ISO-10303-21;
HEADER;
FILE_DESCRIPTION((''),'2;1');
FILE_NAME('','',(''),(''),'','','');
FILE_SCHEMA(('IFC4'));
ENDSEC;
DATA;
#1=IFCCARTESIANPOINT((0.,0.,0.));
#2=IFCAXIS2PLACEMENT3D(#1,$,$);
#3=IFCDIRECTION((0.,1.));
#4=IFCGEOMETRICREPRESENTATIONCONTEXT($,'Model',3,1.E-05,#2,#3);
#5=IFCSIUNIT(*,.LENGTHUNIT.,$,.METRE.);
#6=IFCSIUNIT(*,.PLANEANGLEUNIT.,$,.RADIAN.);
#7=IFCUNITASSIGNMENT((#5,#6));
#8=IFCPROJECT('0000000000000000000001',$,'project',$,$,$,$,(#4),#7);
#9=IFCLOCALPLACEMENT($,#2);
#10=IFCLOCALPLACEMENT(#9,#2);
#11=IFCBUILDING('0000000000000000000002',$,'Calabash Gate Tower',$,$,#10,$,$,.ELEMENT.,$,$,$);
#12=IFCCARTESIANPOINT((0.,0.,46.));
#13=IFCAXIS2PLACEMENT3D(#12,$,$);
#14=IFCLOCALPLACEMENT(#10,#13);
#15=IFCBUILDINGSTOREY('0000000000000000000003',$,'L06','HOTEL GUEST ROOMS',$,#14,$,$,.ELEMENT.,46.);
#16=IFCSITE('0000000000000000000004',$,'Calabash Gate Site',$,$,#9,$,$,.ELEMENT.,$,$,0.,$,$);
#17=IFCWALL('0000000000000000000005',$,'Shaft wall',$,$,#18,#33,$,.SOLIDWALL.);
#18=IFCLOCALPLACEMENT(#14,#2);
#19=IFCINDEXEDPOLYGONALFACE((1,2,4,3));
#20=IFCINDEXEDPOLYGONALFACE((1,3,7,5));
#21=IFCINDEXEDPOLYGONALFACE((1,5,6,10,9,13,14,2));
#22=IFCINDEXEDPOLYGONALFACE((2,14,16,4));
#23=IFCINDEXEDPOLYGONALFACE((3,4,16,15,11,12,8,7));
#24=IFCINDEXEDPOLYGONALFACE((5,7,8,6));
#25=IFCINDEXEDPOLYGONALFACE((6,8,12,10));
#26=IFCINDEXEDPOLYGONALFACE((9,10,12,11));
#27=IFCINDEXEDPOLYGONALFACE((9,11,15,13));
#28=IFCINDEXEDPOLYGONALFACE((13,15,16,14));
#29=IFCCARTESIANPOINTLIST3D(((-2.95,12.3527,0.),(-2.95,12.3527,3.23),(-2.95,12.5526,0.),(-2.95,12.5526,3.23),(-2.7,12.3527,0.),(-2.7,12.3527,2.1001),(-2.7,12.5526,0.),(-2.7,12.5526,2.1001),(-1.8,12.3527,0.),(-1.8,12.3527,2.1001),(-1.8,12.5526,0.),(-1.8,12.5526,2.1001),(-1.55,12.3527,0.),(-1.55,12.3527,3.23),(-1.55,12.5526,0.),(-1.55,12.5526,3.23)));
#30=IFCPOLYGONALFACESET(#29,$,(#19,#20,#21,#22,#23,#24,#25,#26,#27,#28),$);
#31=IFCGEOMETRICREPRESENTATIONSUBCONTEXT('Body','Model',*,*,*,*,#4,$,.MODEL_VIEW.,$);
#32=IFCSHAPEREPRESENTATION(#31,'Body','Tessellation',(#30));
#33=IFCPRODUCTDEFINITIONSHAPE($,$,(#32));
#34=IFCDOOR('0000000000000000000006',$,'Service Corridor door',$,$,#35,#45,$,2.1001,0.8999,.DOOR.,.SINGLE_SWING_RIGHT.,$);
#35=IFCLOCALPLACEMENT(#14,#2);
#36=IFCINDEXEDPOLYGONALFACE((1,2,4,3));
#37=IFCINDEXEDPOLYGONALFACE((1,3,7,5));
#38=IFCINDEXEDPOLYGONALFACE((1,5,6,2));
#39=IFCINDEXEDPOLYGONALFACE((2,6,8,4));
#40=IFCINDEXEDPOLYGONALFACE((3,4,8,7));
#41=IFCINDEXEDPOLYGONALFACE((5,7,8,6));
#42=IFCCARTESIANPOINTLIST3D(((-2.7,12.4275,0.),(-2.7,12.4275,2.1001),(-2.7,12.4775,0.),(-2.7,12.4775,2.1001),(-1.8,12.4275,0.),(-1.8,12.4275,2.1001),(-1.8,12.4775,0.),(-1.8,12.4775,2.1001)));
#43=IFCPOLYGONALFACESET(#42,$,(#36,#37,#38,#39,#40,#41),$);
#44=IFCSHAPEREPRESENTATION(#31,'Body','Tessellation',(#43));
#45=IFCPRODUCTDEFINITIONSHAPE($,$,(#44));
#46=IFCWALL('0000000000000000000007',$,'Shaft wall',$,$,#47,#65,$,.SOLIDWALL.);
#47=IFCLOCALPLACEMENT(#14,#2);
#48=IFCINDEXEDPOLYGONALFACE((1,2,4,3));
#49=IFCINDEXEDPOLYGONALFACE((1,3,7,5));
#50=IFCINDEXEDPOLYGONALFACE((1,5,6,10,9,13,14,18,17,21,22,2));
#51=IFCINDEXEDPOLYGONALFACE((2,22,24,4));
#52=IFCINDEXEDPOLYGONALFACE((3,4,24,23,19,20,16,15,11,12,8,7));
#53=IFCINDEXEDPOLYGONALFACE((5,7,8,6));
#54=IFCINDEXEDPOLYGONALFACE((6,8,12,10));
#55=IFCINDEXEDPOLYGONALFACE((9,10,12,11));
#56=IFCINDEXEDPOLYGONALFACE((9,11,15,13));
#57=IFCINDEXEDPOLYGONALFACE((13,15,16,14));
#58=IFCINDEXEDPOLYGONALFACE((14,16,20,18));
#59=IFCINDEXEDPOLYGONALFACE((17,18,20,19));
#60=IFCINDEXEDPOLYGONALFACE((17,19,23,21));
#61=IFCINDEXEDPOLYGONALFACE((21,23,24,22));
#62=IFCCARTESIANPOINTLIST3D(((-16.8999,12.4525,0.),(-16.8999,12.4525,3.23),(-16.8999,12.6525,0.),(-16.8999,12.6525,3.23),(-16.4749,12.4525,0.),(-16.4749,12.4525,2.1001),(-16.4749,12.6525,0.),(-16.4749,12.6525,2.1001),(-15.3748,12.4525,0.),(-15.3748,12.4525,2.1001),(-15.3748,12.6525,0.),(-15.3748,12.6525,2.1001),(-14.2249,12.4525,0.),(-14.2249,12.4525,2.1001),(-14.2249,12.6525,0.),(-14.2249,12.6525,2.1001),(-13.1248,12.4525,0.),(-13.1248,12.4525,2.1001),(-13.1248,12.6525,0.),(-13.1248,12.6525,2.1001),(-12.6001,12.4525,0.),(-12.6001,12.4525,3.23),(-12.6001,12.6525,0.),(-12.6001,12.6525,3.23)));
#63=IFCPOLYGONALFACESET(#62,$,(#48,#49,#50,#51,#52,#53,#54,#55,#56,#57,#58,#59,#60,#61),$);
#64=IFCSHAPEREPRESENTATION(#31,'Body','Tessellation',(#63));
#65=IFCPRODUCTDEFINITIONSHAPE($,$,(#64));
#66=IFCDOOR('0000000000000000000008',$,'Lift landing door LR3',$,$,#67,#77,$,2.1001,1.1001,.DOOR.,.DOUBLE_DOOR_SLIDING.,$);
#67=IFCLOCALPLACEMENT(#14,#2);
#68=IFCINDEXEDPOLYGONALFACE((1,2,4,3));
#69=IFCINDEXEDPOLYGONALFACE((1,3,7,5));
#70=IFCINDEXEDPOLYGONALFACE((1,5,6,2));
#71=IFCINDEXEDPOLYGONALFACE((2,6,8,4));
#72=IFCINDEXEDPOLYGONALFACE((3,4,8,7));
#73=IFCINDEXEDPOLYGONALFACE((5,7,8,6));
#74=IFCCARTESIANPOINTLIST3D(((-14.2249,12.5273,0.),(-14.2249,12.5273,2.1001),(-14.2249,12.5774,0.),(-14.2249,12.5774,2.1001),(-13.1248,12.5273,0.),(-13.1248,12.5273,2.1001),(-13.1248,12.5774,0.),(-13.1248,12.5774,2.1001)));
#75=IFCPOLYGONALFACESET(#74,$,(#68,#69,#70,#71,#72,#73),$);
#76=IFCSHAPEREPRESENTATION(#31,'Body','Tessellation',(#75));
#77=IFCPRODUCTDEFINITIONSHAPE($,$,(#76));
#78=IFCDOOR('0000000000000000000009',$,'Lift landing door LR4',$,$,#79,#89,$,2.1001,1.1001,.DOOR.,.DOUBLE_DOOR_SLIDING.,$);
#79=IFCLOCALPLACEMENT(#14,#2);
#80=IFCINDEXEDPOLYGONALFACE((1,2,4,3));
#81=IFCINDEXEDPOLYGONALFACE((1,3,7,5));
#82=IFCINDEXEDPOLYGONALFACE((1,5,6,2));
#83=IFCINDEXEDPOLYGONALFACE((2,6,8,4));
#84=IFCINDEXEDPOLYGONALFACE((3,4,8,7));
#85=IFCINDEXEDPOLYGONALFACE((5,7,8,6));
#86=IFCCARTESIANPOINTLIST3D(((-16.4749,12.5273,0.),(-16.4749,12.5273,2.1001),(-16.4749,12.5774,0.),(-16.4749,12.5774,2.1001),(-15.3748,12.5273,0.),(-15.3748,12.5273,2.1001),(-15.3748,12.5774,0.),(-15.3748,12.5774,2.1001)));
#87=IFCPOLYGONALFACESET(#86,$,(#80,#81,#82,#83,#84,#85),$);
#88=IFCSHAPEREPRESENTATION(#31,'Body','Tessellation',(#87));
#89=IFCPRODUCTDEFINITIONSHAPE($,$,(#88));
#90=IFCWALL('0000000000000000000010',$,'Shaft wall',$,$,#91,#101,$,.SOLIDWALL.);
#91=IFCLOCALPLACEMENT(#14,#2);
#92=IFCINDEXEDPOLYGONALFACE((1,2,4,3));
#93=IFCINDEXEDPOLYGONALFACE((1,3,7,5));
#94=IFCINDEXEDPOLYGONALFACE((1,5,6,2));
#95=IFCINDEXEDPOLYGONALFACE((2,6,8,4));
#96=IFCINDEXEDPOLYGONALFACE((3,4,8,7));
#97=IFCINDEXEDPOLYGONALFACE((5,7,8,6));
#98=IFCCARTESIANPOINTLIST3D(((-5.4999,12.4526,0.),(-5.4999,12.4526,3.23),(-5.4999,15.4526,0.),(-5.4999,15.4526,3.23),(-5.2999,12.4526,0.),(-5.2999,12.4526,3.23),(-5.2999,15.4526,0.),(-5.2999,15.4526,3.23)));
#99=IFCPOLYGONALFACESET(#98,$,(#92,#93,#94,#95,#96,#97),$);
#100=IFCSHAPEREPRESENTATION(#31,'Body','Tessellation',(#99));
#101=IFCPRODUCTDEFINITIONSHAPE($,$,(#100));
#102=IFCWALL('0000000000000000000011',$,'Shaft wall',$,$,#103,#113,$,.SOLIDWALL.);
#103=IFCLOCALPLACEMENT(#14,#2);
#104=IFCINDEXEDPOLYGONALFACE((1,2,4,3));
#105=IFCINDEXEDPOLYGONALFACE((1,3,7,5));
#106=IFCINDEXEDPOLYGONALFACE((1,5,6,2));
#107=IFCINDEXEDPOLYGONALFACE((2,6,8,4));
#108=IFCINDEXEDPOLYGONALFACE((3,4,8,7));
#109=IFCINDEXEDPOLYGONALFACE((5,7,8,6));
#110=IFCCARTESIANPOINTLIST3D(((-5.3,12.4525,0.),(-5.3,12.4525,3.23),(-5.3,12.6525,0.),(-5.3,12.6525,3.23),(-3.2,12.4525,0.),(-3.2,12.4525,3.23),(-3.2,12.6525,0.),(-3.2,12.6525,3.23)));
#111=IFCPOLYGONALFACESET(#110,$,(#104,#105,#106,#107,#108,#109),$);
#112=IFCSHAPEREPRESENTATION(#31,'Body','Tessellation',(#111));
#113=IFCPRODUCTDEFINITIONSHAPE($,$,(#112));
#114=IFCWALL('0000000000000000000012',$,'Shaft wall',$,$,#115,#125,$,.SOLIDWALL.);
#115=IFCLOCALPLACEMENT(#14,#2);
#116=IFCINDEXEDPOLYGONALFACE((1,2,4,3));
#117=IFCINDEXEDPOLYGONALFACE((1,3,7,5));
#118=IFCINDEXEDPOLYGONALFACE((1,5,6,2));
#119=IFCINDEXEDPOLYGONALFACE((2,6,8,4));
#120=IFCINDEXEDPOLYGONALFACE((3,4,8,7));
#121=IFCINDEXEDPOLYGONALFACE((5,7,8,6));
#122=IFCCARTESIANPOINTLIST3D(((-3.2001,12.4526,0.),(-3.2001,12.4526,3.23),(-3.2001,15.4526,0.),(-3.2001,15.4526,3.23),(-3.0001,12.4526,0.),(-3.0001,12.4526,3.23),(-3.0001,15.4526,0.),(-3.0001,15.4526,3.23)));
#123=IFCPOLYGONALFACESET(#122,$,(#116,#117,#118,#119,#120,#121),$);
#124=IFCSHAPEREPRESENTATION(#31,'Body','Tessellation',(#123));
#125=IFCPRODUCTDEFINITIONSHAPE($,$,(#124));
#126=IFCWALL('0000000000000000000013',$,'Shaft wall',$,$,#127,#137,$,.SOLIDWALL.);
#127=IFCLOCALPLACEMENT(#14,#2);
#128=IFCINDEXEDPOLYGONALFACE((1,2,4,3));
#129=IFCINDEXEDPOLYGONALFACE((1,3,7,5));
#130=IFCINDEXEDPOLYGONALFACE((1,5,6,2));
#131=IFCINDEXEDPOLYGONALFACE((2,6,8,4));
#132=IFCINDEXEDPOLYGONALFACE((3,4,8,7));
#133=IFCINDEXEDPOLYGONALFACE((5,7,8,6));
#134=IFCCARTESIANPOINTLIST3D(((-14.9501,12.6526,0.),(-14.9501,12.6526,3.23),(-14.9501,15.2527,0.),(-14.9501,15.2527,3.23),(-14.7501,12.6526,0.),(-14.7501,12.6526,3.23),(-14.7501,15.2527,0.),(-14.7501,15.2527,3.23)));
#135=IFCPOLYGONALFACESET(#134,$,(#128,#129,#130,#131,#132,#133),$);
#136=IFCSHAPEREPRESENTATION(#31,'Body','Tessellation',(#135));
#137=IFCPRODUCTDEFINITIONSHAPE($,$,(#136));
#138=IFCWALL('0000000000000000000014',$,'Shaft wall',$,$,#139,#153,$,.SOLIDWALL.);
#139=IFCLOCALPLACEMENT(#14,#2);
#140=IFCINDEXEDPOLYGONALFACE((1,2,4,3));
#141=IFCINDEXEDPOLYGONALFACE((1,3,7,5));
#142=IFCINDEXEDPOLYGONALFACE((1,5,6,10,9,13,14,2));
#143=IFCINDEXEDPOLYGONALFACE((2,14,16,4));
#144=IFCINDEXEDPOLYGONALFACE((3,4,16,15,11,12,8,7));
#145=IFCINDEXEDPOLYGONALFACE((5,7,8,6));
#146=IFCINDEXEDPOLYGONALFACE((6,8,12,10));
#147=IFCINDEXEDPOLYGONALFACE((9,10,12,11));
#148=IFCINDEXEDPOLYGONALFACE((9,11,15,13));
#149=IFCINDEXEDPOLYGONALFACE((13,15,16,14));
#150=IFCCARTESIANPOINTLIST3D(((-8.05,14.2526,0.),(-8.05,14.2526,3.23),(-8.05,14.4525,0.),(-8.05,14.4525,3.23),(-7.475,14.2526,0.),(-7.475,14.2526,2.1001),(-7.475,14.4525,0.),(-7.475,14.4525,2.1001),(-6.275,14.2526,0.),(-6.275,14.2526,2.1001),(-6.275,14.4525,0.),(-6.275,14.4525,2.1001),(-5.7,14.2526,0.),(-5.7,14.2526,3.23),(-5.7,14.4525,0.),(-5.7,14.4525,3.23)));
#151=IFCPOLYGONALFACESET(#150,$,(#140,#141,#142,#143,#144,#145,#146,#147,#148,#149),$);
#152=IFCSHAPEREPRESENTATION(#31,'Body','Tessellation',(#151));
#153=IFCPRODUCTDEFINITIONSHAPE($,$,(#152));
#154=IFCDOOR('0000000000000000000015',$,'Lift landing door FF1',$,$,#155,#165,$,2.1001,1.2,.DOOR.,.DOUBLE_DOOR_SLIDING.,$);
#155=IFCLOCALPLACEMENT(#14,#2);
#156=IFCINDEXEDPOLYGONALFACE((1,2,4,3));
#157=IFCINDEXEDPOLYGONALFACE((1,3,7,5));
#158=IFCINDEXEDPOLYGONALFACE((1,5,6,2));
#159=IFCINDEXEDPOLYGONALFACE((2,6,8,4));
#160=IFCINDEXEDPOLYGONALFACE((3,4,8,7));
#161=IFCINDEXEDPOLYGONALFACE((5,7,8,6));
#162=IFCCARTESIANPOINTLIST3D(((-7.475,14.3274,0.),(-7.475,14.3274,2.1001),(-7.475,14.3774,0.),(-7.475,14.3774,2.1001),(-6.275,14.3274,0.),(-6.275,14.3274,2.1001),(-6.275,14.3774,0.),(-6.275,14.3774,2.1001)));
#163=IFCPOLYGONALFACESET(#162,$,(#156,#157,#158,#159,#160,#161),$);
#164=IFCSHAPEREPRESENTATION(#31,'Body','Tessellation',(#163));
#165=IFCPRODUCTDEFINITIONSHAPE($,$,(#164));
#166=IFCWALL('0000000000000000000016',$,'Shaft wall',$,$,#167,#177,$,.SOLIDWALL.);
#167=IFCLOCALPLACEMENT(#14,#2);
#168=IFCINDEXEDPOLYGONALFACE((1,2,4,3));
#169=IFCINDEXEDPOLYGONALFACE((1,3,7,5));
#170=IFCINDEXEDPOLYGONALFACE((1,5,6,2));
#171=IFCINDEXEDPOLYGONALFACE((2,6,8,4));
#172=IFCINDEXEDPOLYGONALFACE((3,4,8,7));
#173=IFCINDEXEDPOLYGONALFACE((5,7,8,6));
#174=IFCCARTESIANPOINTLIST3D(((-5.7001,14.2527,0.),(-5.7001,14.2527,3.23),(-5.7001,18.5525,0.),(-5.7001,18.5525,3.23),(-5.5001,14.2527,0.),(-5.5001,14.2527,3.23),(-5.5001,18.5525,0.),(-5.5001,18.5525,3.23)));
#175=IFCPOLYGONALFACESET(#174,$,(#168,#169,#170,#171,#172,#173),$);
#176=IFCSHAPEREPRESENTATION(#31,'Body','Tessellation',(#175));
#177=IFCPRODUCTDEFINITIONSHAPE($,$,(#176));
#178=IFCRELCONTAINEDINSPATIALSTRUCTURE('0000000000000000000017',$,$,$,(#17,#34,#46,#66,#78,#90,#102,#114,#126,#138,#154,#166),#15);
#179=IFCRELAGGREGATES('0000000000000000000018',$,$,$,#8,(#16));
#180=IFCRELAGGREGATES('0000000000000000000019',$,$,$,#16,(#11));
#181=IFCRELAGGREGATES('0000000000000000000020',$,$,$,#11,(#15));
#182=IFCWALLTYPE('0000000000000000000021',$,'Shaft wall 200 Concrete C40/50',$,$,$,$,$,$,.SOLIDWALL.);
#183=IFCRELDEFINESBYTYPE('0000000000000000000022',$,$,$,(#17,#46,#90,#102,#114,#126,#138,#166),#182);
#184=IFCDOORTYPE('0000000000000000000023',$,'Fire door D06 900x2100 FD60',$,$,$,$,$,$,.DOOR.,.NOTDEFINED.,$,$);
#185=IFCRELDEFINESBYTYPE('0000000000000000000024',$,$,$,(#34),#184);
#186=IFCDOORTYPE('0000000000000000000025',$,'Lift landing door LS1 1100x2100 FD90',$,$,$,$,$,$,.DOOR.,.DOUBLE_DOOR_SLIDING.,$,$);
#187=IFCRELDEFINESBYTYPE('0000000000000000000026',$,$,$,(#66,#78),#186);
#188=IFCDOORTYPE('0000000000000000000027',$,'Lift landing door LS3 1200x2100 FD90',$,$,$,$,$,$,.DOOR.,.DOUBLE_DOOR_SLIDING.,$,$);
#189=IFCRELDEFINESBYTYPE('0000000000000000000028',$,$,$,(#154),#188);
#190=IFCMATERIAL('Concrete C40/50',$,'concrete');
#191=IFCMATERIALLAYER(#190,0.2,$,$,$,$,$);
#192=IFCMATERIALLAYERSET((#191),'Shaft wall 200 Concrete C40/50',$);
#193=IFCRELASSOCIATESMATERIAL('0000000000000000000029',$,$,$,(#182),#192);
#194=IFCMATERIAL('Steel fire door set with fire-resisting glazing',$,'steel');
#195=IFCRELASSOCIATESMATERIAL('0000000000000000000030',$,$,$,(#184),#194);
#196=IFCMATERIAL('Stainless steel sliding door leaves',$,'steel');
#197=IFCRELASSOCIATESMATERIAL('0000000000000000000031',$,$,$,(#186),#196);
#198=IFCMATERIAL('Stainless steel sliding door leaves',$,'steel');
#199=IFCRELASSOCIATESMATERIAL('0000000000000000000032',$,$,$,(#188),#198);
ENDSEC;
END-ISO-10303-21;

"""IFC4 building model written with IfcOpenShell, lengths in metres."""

from ifc_helpers import new_model, si_unit, direction, frame, frame_2d, origin, place, context, subcontext, project, spatial, rectangle, extrude, material, layer, layer_set, type_object, element, fill, save


model = new_model("IFC4")

# Units and contexts
model_context = context("Model", 3, precision=1e-05, world=origin(), true_north=direction((0.0, 1.0)))
body_context = subcontext(model_context, "Body", "Model", "MODEL_VIEW")
ifc_project = project(units=[si_unit("LENGTHUNIT", "METRE"), si_unit("PLANEANGLEUNIT", "RADIAN")], contexts=[model_context])

# Site, building, storey
site_placement = place(None, origin())
site = spatial("IfcSite", under=ifc_project, at=site_placement, Name="Calabash Gate Site", CompositionType="ELEMENT", RefElevation=0.0)
building_placement = place(site_placement, origin())
building = spatial("IfcBuilding", under=site, at=building_placement, Name="Calabash Gate Tower", CompositionType="ELEMENT")
storey_placement = place(building_placement, frame((0.0, 0.0, 46.0)))
storey = spatial("IfcBuildingStorey", under=building, at=storey_placement, Name="L06", Description="HOTEL GUEST ROOMS", CompositionType="ELEMENT", Elevation=46.0)

# Shared definitions
ifc_material_1 = material(Name="Concrete C40/50", Category="concrete")
ifc_layer_1 = layer(ifc_material_1, 0.2)
ifc_layer_set_1 = layer_set([ifc_layer_1], Name="Shaft wall 200 Concrete C40/50")
wall_type_1 = type_object("IfcWallType", Name="Shaft wall 200 Concrete C40/50", PredefinedType="SOLIDWALL", material=ifc_layer_set_1)

# Wall, opening, door
wall_1_placement = place(storey_placement, frame((-2.95, 12.4526, 0.0), z_axis=(0.0, 0.0, 1.0), x_axis=(1.0, 0.0, 0.0)))
wall_1 = element("IfcWall", 1, at=wall_1_placement, inside=storey, type_object=wall_type_1, Name="Shaft wall", PredefinedType="SOLIDWALL", context=body_context, shape_type="SweptSolid", body=[
    extrude(rectangle(XDim=1.3999, YDim=0.2, at=frame_2d((0.7, 0.0))), origin(), (0.0, 0.0, 1.0), 3.23),
])
opening_1_placement = place(wall_1_placement, frame((0.25, 0.0, 0.0)))
opening_1 = element("IfcOpeningElement", 2, at=opening_1_placement, cuts=wall_1, PredefinedType="OPENING", context=body_context, shape_type="SweptSolid", body=[
    extrude(rectangle(XDim=0.8999, YDim=2.1001, at=frame_2d((0.45, 1.05))), frame((0.0, 0.1099, 0.0), z_axis=(0.0, -1.0, 0.0), x_axis=(1.0, 0.0, 0.0)), (0.0, 0.0, 1.0), 0.22),
])
ifc_material_2 = material(Name="Steel fire door set with fire-resisting glazing", Category="steel")
door_type_1 = type_object("IfcDoorType", Name="Fire door D06 900x2100 FD60", OperationType="NOTDEFINED", PredefinedType="DOOR", material=ifc_material_2)
door_1_placement = place(opening_1_placement, origin())
door_1 = element("IfcDoor", 3, at=door_1_placement, inside=storey, type_object=door_type_1, Name="Service Corridor door", OperationType="SINGLE_SWING_RIGHT", OverallHeight=2.1001, OverallWidth=0.8999, PredefinedType="DOOR", context=body_context, shape_type="SweptSolid", body=[
    extrude(rectangle(XDim=0.8999, YDim=2.1001, at=frame_2d((0.45, 1.05))), frame((0.0, 0.0249, 0.0), z_axis=(0.0, -1.0, 0.0), x_axis=(1.0, 0.0, 0.0)), (0.0, 0.0, 1.0), 0.05),
])
fill(opening_1, door_1)

# Wall, openings, doors
wall_2_placement = place(storey_placement, frame((-16.8999, 12.5525, 0.0), z_axis=(0.0, 0.0, 1.0), x_axis=(1.0, 0.0, 0.0)))
wall_2 = element("IfcWall", 4, at=wall_2_placement, inside=storey, type_object=wall_type_1, Name="Shaft wall", PredefinedType="SOLIDWALL", context=body_context, shape_type="SweptSolid", body=[
    extrude(rectangle(XDim=4.2998, YDim=0.2, at=frame_2d((2.1499, 0.0))), origin(), (0.0, 0.0, 1.0), 3.23),
])
opening_2_placement = place(wall_2_placement, frame((2.675, 0.0, 0.0)))
opening_2 = element("IfcOpeningElement", 5, at=opening_2_placement, cuts=wall_2, PredefinedType="OPENING", context=body_context, shape_type="SweptSolid", body=[
    extrude(rectangle(XDim=1.1001, YDim=2.1001, at=frame_2d((0.55, 1.05))), frame((0.0, 0.1099, 0.0), z_axis=(0.0, -1.0, 0.0), x_axis=(1.0, 0.0, 0.0)), (0.0, 0.0, 1.0), 0.22),
])
opening_3_placement = place(wall_2_placement, frame((0.425, 0.0, 0.0)))
opening_3 = element("IfcOpeningElement", 6, at=opening_3_placement, cuts=wall_2, PredefinedType="OPENING", context=body_context, shape_type="SweptSolid", body=[
    extrude(rectangle(XDim=1.1001, YDim=2.1001, at=frame_2d((0.55, 1.05))), frame((0.0, 0.1099, 0.0), z_axis=(0.0, -1.0, 0.0), x_axis=(1.0, 0.0, 0.0)), (0.0, 0.0, 1.0), 0.22),
])
ifc_material_3 = material(Name="Stainless steel sliding door leaves", Category="steel")
door_type_2 = type_object("IfcDoorType", Name="Lift landing door LS1 1100x2100 FD90", OperationType="DOUBLE_DOOR_SLIDING", PredefinedType="DOOR", material=ifc_material_3)
door_2_placement = place(opening_2_placement, origin())
door_2 = element("IfcDoor", 7, at=door_2_placement, inside=storey, type_object=door_type_2, Name="Lift landing door LR3", OperationType="DOUBLE_DOOR_SLIDING", OverallHeight=2.1001, OverallWidth=1.1001, PredefinedType="DOOR", context=body_context, shape_type="SweptSolid", body=[
    extrude(rectangle(XDim=1.1001, YDim=2.1001, at=frame_2d((0.55, 1.05))), frame((0.0, 0.0249, 0.0), z_axis=(0.0, -1.0, 0.0), x_axis=(1.0, 0.0, 0.0)), (0.0, 0.0, 1.0), 0.05),
])
fill(opening_2, door_2)
door_3_placement = place(opening_3_placement, origin())
door_3 = element("IfcDoor", 8, at=door_3_placement, inside=storey, type_object=door_type_2, Name="Lift landing door LR4", OperationType="DOUBLE_DOOR_SLIDING", OverallHeight=2.1001, OverallWidth=1.1001, PredefinedType="DOOR", context=body_context, shape_type="SweptSolid", body=[
    extrude(rectangle(XDim=1.1001, YDim=2.1001, at=frame_2d((0.55, 1.05))), frame((0.0, 0.0249, 0.0), z_axis=(0.0, -1.0, 0.0), x_axis=(1.0, 0.0, 0.0)), (0.0, 0.0, 1.0), 0.05),
])
fill(opening_3, door_3)

# Walls
wall_3_placement = place(storey_placement, frame((-5.3999, 12.4526, 0.0), z_axis=(0.0, 0.0, 1.0), x_axis=(0.0, 1.0, 0.0)))
element("IfcWall", 9, at=wall_3_placement, inside=storey, type_object=wall_type_1, Name="Shaft wall", PredefinedType="SOLIDWALL", context=body_context, shape_type="SweptSolid", body=[
    extrude(rectangle(XDim=3.0, YDim=0.2, at=frame_2d((1.5, 0.0))), origin(), (0.0, 0.0, 1.0), 3.23),
])
wall_4_placement = place(storey_placement, frame((-5.3, 12.5525, 0.0), z_axis=(0.0, 0.0, 1.0), x_axis=(1.0, 0.0, 0.0)))
element("IfcWall", 10, at=wall_4_placement, inside=storey, type_object=wall_type_1, Name="Shaft wall", PredefinedType="SOLIDWALL", context=body_context, shape_type="SweptSolid", body=[
    extrude(rectangle(XDim=2.1001, YDim=0.2, at=frame_2d((1.05, 0.0))), origin(), (0.0, 0.0, 1.0), 3.23),
])
wall_5_placement = place(storey_placement, frame((-3.1001, 12.4526, 0.0), z_axis=(0.0, 0.0, 1.0), x_axis=(0.0, 1.0, 0.0)))
element("IfcWall", 11, at=wall_5_placement, inside=storey, type_object=wall_type_1, Name="Shaft wall", PredefinedType="SOLIDWALL", context=body_context, shape_type="SweptSolid", body=[
    extrude(rectangle(XDim=3.0, YDim=0.2, at=frame_2d((1.5, 0.0))), origin(), (0.0, 0.0, 1.0), 3.23),
])
wall_6_placement = place(storey_placement, frame((-14.8501, 12.6526, 0.0), z_axis=(0.0, 0.0, 1.0), x_axis=(0.0, 1.0, 0.0)))
element("IfcWall", 12, at=wall_6_placement, inside=storey, type_object=wall_type_1, Name="Shaft wall", PredefinedType="SOLIDWALL", context=body_context, shape_type="SweptSolid", body=[
    extrude(rectangle(XDim=2.6001, YDim=0.2, at=frame_2d((1.3, 0.0))), origin(), (0.0, 0.0, 1.0), 3.23),
])

# Wall, opening, door
wall_7_placement = place(storey_placement, frame((-8.05, 14.3525, 0.0), z_axis=(0.0, 0.0, 1.0), x_axis=(1.0, 0.0, 0.0)))
wall_7 = element("IfcWall", 13, at=wall_7_placement, inside=storey, type_object=wall_type_1, Name="Shaft wall", PredefinedType="SOLIDWALL", context=body_context, shape_type="SweptSolid", body=[
    extrude(rectangle(XDim=2.3501, YDim=0.2, at=frame_2d((1.175, 0.0))), origin(), (0.0, 0.0, 1.0), 3.23),
])
opening_4_placement = place(wall_7_placement, frame((0.575, 0.0, 0.0)))
opening_4 = element("IfcOpeningElement", 14, at=opening_4_placement, cuts=wall_7, PredefinedType="OPENING", context=body_context, shape_type="SweptSolid", body=[
    extrude(rectangle(XDim=1.2, YDim=2.1001, at=frame_2d((0.6001, 1.05))), frame((0.0, 0.1099, 0.0), z_axis=(0.0, -1.0, 0.0), x_axis=(1.0, 0.0, 0.0)), (0.0, 0.0, 1.0), 0.22),
])
ifc_material_4 = material(Name="Stainless steel sliding door leaves", Category="steel")
door_type_3 = type_object("IfcDoorType", Name="Lift landing door LS3 1200x2100 FD90", OperationType="DOUBLE_DOOR_SLIDING", PredefinedType="DOOR", material=ifc_material_4)
door_4_placement = place(opening_4_placement, origin())
door_4 = element("IfcDoor", 15, at=door_4_placement, inside=storey, type_object=door_type_3, Name="Lift landing door FF1", OperationType="DOUBLE_DOOR_SLIDING", OverallHeight=2.1001, OverallWidth=1.2, PredefinedType="DOOR", context=body_context, shape_type="SweptSolid", body=[
    extrude(rectangle(XDim=1.2, YDim=2.1001, at=frame_2d((0.6001, 1.05))), frame((0.0, 0.0249, 0.0), z_axis=(0.0, -1.0, 0.0), x_axis=(1.0, 0.0, 0.0)), (0.0, 0.0, 1.0), 0.05),
])
fill(opening_4, door_4)

# Wall
for number, where, z_axis, x_axis, name in (
    (16, (-5.6001, 14.2527, 0.0), (0.0, 0.0, 1.0), (0.0, 1.0, 0.0), "Shaft wall"),
):
    element("IfcWall", number, at=place(storey_placement, frame(where, z_axis=z_axis, x_axis=x_axis)), inside=storey, type_object=wall_type_1, Name=name, PredefinedType="SOLIDWALL", context=body_context, shape_type="SweptSolid", body=[
        extrude(rectangle(XDim=4.2998, YDim=0.2, at=frame_2d((2.1499, 0.0))), origin(), (0.0, 0.0, 1.0), 3.23),
    ])

save(model, "model.ifc")
